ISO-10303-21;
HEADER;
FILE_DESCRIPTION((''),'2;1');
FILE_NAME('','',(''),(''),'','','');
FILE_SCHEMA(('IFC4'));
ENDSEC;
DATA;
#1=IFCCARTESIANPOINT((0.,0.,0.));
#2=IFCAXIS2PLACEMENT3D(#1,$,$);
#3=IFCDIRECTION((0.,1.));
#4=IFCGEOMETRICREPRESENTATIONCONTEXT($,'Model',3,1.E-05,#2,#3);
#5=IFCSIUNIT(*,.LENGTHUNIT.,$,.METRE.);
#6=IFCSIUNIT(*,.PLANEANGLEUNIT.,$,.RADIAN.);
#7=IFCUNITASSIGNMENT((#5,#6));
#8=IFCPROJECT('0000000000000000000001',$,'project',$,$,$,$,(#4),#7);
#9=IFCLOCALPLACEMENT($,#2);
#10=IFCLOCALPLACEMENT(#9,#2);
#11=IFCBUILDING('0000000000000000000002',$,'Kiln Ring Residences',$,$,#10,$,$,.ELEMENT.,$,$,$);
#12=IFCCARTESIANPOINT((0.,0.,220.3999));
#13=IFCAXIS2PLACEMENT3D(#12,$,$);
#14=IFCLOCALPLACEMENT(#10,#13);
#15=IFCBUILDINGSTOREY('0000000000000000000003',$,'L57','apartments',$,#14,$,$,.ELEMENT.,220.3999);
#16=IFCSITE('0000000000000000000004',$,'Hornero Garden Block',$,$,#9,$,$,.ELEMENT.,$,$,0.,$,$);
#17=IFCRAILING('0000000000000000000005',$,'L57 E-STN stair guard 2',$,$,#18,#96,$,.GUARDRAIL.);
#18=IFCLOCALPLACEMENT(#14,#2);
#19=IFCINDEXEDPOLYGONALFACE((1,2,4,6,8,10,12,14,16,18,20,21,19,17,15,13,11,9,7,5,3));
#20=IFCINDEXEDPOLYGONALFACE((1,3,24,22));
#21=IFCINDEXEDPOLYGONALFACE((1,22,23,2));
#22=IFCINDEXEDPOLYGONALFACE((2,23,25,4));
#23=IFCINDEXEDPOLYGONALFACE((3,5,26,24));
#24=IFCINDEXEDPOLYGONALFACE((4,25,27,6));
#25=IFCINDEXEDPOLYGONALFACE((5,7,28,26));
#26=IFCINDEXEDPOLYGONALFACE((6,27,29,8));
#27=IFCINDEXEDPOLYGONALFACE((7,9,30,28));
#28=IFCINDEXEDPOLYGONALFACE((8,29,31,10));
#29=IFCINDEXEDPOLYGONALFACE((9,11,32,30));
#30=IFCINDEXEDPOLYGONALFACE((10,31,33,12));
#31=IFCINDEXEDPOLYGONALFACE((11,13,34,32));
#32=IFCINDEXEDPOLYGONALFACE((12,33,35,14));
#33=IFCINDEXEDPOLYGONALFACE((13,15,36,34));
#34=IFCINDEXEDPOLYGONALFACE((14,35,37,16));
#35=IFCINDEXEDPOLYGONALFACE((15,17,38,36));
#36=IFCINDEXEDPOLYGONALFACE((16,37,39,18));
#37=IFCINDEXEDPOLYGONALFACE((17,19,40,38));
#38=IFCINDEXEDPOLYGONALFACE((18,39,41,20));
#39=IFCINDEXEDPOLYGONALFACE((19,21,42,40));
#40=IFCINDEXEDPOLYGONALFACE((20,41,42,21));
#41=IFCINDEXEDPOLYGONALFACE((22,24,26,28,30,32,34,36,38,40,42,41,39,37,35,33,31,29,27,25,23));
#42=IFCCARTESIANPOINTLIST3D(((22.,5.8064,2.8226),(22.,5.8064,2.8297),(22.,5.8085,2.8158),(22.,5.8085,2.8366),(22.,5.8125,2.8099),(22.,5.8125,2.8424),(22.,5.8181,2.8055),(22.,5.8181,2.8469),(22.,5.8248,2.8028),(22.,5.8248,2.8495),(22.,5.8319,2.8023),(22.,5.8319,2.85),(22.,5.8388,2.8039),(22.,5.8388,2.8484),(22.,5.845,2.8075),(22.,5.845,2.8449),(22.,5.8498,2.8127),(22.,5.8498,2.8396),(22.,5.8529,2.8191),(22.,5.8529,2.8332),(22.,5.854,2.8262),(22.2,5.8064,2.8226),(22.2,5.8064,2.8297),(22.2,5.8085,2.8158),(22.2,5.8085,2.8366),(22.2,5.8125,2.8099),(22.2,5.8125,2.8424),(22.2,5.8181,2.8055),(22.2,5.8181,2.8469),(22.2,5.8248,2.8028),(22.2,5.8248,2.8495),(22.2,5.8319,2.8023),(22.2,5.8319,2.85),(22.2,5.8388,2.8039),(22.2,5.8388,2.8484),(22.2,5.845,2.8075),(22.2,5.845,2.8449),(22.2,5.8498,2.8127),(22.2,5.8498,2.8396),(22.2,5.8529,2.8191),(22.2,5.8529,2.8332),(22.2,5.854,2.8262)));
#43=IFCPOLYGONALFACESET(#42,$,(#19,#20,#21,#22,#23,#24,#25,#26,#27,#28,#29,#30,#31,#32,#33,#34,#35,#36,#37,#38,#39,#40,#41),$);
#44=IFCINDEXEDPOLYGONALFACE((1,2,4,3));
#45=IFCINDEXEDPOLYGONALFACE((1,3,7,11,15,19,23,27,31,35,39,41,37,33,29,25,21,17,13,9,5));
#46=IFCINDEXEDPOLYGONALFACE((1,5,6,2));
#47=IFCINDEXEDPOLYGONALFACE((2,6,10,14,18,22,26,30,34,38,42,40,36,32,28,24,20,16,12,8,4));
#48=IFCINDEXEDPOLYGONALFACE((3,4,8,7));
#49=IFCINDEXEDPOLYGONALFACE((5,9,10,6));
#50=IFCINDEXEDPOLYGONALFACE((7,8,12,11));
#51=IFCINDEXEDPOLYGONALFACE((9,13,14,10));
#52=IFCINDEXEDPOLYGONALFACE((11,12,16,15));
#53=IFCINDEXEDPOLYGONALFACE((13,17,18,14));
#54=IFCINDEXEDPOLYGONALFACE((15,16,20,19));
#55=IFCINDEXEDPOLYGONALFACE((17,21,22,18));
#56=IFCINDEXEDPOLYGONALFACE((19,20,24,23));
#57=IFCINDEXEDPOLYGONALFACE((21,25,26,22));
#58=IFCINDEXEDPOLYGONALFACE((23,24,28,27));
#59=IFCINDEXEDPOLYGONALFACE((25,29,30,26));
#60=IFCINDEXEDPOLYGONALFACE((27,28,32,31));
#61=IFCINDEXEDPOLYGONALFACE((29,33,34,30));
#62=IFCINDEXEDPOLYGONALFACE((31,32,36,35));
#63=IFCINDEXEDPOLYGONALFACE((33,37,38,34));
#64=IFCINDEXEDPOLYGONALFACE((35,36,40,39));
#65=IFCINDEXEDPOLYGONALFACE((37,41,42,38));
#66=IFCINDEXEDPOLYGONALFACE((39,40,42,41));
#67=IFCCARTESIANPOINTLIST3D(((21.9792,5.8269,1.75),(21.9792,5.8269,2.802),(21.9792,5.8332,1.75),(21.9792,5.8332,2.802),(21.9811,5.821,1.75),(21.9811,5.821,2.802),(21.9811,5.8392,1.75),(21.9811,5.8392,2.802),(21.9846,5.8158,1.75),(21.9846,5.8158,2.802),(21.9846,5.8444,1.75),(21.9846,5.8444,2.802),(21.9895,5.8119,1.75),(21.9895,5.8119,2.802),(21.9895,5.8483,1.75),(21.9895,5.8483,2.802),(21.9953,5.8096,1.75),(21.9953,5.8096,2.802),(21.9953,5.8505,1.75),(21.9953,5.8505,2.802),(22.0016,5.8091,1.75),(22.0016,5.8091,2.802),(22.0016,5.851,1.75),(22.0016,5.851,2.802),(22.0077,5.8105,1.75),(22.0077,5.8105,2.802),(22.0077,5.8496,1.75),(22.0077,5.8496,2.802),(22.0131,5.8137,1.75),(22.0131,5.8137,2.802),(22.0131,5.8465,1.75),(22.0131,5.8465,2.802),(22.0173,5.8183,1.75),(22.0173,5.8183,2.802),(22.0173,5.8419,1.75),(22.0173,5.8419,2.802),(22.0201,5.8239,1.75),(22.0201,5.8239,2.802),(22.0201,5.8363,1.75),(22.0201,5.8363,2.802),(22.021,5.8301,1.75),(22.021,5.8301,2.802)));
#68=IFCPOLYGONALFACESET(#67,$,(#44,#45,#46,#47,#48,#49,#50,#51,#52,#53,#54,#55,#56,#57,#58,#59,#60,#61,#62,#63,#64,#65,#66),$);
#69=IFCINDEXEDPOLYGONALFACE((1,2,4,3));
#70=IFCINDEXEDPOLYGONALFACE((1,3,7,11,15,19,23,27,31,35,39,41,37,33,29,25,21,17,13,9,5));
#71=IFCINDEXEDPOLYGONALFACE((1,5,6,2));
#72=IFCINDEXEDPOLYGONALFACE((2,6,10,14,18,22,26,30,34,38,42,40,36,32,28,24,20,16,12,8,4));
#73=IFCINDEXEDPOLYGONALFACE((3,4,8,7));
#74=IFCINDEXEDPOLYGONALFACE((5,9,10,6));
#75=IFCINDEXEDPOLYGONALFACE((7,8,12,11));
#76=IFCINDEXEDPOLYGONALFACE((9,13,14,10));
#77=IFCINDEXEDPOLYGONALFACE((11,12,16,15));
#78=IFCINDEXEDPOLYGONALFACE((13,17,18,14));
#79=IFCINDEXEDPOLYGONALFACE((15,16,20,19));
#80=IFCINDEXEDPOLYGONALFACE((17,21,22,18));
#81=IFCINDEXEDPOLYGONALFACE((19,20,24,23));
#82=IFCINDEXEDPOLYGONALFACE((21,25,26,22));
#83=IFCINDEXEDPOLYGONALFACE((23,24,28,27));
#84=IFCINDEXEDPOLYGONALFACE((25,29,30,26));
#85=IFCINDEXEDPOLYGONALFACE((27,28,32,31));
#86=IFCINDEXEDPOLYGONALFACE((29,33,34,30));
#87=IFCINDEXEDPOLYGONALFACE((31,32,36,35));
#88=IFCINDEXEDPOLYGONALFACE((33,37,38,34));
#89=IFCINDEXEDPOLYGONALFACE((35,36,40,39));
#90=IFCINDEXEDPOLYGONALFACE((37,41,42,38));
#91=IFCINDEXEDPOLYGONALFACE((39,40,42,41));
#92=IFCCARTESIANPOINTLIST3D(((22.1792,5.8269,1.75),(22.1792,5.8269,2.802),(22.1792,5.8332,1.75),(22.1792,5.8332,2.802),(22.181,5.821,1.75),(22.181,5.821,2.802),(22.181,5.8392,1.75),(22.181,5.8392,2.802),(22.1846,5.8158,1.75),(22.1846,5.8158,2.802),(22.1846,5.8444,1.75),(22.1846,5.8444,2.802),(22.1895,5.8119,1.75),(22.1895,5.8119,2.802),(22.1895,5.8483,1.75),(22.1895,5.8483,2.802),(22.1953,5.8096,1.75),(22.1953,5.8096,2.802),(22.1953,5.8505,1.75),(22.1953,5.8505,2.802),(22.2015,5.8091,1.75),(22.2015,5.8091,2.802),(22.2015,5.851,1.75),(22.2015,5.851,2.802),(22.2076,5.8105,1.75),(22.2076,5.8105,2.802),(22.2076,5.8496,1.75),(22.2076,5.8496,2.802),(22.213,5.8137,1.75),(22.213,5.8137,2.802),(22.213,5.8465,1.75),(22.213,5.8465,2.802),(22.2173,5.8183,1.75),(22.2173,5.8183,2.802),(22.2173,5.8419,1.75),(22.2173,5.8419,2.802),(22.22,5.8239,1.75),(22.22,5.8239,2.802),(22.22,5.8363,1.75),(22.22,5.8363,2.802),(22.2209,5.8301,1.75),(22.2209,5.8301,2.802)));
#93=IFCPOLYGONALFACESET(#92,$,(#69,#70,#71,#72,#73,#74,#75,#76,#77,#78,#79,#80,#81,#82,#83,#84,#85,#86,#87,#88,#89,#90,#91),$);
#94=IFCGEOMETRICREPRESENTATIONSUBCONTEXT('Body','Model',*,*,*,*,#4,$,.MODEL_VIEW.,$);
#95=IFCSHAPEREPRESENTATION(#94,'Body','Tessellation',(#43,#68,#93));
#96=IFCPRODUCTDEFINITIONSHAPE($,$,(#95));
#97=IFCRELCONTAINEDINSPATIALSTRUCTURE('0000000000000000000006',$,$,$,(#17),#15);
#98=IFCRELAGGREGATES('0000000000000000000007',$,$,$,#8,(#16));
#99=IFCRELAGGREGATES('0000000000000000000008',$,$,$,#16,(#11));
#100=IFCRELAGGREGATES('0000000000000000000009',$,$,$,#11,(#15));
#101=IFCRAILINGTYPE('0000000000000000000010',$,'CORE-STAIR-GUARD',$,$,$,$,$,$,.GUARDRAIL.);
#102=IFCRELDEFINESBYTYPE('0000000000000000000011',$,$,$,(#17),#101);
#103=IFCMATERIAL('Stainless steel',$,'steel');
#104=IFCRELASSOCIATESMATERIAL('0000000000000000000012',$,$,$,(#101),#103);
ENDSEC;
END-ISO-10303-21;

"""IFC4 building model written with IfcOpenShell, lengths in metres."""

from ifc_helpers import new_model, si_unit, direction, frame, origin, origin_2d, place, context, subcontext, project, spatial, circle, extrude, material, type_object, element, save


model = new_model("IFC4")

# Units and contexts
model_context = context("Model", 3, precision=1e-05, world=origin(), true_north=direction((0.0, 1.0)))
body_context = subcontext(model_context, "Body", "Model", "MODEL_VIEW")
ifc_project = project(units=[si_unit("LENGTHUNIT", "METRE"), si_unit("PLANEANGLEUNIT", "RADIAN")], contexts=[model_context])

# Site, building, storey
site_placement = place(None, origin())
site = spatial("IfcSite", under=ifc_project, at=site_placement, Name="Hornero Garden Block", CompositionType="ELEMENT", RefElevation=0.0)
building_placement = place(site_placement, origin())
building = spatial("IfcBuilding", under=site, at=building_placement, Name="Kiln Ring Residences", CompositionType="ELEMENT")
storey_placement = place(building_placement, frame((0.0, 0.0, 220.3999)))
storey = spatial("IfcBuildingStorey", under=building, at=storey_placement, Name="L57", Description="apartments", CompositionType="ELEMENT", Elevation=220.3999)

# Railing
ifc_material_1 = material(Name="Stainless steel", Category="steel")
railing_type_1 = type_object("IfcRailingType", Name="CORE-STAIR-GUARD", PredefinedType="GUARDRAIL", material=ifc_material_1)
railing_1_placement = place(storey_placement, frame((22.0, 5.8301, 1.75)))
element("IfcRailing", 1, at=railing_1_placement, inside=storey, type_object=railing_type_1, Name="L57 E-STN stair guard 2", PredefinedType="GUARDRAIL", context=body_context, shape_type="SweptSolid", body=[
    extrude(circle(Radius=0.0239, at=origin_2d()), frame((0.0, 0.0, 1.0762), z_axis=(1.0, 0.0, 0.0), x_axis=(0.0, 1.0, 0.0)), (0.0, 0.0, 1.0), 0.2),
    extrude(circle(Radius=0.021, at=origin_2d()), origin(), (0.0, 0.0, 1.0), 1.052),
    extrude(circle(Radius=0.021, at=origin_2d()), frame((0.2, 0.0, 0.0)), (0.0, 0.0, 1.0), 1.052),
])

save(model, "model.ifc")
